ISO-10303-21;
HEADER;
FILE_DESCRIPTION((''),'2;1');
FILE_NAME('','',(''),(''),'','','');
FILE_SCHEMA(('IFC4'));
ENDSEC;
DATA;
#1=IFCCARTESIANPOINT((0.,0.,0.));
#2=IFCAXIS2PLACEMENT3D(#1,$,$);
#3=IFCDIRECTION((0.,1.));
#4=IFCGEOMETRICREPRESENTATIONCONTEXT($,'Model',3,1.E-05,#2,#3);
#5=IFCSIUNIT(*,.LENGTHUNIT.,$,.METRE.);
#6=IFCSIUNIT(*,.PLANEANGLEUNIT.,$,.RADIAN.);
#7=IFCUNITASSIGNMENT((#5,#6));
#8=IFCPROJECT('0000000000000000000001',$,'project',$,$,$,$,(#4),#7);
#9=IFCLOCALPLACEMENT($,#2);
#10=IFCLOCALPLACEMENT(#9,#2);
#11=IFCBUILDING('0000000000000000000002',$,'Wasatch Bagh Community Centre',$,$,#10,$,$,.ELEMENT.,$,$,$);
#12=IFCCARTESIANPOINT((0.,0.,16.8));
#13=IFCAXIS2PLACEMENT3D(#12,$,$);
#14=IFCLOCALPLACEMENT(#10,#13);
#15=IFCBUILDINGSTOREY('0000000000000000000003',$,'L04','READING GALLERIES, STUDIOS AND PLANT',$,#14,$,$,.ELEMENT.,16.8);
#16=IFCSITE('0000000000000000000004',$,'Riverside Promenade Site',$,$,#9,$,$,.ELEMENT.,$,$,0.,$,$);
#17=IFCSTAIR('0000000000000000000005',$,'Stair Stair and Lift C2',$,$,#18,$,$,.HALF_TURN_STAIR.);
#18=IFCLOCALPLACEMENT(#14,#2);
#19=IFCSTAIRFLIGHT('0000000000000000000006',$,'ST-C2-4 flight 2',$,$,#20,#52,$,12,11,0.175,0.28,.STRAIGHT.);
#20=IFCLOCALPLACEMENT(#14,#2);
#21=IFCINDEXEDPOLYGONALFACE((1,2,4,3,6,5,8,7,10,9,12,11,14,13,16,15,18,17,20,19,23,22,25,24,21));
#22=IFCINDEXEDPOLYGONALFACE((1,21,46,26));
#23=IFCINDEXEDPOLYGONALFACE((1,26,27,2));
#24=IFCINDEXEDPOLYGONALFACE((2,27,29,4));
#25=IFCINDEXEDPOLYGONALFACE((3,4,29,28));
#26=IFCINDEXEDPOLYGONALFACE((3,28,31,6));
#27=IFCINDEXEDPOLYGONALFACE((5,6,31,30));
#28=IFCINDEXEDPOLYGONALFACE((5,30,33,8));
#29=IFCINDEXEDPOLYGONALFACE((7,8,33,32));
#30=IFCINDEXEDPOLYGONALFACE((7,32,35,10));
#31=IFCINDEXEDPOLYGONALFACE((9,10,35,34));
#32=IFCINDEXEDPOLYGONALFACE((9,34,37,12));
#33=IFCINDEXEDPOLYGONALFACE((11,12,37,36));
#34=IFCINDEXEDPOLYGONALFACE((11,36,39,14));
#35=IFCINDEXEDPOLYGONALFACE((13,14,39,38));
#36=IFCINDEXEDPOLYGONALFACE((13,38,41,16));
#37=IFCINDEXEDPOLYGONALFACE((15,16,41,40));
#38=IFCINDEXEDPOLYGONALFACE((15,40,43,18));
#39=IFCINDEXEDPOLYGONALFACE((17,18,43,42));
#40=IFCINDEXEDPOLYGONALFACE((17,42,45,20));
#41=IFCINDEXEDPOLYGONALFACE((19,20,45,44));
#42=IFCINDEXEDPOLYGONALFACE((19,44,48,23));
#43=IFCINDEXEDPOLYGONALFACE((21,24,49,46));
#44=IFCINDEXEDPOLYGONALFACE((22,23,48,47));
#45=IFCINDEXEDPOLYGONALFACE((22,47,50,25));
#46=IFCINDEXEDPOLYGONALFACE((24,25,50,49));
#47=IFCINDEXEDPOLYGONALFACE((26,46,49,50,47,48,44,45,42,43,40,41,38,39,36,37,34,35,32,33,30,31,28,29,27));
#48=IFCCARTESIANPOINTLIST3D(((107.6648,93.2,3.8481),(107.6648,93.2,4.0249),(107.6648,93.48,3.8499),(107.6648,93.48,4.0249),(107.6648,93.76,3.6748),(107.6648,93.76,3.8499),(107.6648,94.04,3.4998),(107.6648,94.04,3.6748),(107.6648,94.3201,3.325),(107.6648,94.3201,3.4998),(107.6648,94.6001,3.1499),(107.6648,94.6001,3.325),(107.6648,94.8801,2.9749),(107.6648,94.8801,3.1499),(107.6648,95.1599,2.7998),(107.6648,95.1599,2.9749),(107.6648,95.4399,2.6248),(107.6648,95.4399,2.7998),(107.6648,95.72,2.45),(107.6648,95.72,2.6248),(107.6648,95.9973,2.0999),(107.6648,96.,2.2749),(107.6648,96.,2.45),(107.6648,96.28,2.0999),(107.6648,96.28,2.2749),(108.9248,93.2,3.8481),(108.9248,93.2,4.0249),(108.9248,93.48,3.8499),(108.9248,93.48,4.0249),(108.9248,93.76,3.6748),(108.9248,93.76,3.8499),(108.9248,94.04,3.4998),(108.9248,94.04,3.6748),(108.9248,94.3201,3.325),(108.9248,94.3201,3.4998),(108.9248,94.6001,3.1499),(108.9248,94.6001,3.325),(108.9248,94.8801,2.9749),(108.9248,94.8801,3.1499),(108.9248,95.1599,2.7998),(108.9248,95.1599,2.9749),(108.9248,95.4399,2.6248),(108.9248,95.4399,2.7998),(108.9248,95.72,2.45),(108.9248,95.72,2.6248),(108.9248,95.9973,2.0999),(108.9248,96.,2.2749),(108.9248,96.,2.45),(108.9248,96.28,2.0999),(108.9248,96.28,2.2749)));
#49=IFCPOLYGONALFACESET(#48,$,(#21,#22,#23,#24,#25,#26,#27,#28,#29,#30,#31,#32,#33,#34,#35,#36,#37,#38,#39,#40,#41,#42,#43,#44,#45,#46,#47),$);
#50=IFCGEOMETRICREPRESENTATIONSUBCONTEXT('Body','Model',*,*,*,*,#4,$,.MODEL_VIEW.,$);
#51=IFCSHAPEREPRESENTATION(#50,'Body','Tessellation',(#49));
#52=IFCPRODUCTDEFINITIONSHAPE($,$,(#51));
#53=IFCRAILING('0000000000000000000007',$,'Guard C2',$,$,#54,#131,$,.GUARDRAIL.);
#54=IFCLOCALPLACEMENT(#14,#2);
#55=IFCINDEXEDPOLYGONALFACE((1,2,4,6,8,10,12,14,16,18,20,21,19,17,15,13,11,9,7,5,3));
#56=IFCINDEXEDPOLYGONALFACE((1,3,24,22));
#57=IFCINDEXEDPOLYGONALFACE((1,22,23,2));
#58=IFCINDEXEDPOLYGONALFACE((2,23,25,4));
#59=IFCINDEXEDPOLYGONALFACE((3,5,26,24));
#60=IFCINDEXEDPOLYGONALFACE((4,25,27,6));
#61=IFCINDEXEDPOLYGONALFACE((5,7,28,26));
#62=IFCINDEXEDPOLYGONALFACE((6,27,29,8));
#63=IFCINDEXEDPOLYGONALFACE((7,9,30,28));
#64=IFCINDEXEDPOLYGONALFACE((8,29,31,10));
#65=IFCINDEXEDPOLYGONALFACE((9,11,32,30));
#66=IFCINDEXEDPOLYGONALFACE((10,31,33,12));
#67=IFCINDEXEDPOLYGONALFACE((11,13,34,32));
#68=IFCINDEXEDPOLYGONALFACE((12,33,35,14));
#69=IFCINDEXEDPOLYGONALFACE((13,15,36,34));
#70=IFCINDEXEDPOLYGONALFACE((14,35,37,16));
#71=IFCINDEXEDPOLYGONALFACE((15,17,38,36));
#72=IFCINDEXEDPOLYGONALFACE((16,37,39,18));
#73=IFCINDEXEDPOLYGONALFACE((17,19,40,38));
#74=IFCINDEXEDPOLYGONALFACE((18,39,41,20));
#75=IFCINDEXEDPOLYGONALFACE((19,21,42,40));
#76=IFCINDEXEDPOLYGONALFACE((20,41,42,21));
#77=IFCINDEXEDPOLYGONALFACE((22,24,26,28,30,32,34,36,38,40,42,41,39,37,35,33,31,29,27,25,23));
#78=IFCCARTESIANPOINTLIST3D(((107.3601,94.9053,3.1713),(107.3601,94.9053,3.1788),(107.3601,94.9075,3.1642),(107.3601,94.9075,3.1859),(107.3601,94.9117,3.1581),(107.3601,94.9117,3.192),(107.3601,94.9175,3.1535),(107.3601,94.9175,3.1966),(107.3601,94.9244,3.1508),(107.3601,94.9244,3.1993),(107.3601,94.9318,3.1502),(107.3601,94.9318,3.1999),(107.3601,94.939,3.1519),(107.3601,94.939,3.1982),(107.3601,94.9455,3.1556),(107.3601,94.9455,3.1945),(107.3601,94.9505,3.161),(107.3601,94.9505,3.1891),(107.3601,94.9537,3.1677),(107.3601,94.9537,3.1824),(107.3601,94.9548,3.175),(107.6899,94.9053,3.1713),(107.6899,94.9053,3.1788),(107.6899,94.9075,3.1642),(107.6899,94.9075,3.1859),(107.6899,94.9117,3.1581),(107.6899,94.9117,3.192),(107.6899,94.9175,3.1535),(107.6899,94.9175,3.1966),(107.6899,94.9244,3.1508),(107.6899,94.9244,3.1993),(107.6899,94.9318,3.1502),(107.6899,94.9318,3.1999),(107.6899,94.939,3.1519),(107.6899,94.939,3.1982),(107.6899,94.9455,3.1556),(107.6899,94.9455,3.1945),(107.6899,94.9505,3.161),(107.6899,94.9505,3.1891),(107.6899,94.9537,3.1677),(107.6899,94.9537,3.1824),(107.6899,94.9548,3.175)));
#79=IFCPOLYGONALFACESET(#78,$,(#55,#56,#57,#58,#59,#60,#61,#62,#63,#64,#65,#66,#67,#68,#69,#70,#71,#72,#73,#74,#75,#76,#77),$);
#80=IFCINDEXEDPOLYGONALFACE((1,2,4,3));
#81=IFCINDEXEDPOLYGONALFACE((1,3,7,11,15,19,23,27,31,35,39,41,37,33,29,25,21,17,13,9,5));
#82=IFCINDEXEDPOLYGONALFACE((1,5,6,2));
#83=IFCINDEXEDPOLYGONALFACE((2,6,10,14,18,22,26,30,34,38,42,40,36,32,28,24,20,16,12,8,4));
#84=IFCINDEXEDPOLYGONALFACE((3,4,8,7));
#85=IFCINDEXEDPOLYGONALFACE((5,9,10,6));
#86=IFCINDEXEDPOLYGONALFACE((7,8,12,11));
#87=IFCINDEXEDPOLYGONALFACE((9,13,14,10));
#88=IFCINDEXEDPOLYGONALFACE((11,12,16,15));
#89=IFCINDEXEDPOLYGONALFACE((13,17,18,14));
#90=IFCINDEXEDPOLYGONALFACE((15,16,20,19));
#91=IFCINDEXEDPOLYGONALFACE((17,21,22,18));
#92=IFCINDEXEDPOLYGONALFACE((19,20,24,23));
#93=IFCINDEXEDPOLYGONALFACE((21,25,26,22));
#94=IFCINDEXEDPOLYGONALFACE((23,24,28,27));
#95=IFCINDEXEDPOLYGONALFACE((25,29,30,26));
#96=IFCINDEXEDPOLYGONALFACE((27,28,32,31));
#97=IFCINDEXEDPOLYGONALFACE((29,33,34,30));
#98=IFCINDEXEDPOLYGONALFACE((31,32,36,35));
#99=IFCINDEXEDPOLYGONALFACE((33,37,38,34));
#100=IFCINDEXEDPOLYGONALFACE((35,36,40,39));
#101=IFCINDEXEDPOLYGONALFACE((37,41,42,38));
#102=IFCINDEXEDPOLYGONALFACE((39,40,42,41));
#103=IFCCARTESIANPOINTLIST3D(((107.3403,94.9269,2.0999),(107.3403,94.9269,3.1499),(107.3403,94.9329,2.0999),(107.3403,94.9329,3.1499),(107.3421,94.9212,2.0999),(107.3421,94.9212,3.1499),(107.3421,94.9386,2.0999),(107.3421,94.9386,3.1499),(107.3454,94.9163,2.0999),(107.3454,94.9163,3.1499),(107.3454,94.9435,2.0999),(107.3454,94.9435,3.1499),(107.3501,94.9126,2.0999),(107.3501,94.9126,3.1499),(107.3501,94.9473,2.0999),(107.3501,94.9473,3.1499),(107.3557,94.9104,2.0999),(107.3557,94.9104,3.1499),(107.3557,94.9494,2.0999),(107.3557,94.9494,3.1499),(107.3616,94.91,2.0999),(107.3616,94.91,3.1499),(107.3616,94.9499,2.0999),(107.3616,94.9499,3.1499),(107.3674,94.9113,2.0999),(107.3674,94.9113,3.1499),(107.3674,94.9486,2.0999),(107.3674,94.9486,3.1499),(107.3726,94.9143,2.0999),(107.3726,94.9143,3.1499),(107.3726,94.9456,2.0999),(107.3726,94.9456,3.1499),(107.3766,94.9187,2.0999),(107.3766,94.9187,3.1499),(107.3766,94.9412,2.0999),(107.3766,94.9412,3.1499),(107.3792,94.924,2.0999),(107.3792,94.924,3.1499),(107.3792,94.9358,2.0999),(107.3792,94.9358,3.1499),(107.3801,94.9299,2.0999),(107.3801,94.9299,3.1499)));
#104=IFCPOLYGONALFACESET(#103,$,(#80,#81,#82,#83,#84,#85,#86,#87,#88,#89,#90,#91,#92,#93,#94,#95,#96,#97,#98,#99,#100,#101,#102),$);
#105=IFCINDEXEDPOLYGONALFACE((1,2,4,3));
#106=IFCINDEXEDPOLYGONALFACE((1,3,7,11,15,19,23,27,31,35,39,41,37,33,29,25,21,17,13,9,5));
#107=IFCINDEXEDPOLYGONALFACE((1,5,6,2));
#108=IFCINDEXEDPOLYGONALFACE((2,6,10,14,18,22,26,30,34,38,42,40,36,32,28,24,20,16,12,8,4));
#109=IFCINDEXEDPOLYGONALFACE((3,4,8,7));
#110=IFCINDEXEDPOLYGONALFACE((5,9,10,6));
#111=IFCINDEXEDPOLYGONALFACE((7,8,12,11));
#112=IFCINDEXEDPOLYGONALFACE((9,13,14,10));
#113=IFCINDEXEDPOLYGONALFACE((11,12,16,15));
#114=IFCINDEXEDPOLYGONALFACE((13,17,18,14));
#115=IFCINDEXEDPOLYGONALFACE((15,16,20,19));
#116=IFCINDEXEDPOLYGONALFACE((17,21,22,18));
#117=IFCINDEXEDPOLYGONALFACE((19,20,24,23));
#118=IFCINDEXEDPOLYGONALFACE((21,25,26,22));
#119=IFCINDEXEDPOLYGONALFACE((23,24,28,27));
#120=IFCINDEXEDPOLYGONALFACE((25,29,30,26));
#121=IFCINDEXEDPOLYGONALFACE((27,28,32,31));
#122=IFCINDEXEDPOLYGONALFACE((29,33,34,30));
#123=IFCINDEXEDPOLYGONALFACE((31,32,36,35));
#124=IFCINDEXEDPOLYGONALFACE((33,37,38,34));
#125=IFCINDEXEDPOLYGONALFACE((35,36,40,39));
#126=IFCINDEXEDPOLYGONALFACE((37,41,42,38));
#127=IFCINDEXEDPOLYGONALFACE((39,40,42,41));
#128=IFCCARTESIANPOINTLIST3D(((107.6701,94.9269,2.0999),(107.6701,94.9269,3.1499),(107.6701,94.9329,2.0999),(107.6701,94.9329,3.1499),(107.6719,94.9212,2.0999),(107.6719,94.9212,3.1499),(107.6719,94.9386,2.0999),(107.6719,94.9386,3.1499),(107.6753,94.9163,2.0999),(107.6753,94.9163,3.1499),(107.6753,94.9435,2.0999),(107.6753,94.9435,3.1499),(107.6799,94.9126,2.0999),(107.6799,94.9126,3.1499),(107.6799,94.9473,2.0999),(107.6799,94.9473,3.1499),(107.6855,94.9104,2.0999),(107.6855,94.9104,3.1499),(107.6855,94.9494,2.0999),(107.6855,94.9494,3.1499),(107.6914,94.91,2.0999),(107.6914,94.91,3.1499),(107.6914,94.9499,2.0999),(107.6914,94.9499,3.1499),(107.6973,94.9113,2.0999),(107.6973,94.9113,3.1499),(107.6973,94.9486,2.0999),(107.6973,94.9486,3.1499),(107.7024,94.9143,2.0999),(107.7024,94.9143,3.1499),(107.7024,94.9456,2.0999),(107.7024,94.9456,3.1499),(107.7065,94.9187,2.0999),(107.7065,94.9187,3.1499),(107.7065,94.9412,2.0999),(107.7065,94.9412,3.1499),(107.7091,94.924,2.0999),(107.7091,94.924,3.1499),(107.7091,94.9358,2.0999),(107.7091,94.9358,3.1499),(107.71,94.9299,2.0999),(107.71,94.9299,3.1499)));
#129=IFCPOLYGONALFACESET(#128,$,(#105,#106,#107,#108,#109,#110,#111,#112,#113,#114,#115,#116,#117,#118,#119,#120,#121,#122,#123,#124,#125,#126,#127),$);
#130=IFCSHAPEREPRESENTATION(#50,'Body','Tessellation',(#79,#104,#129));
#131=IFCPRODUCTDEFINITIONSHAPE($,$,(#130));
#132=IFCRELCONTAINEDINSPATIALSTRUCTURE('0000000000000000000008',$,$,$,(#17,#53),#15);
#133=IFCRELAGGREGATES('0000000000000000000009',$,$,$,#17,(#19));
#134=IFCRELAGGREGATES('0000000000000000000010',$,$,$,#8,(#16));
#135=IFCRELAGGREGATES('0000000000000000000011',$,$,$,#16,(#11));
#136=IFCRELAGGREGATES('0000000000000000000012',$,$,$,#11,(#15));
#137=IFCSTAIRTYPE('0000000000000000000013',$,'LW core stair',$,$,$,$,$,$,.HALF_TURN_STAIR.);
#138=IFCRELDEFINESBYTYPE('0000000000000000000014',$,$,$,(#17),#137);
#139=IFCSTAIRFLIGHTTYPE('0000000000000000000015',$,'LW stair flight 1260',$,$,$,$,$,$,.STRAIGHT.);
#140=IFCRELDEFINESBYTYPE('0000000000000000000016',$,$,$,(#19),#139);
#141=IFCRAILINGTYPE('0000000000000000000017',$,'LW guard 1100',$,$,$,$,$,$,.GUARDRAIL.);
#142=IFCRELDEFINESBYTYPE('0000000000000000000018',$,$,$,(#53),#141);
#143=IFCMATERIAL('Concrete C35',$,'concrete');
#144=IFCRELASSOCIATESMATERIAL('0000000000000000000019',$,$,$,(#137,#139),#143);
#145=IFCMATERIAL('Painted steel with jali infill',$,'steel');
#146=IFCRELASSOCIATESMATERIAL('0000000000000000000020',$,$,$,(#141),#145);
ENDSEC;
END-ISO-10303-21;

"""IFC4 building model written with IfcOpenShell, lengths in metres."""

from ifc_helpers import new_model, si_unit, direction, frame, origin, origin_2d, place, context, subcontext, project, spatial, polyline, circle, outline, extrude, material, type_object, element, aggregate, save


model = new_model("IFC4")

# Units and contexts
model_context = context("Model", 3, precision=1e-05, world=origin(), true_north=direction((0.0, 1.0)))
body_context = subcontext(model_context, "Body", "Model", "MODEL_VIEW")
ifc_project = project(units=[si_unit("LENGTHUNIT", "METRE"), si_unit("PLANEANGLEUNIT", "RADIAN")], contexts=[model_context])

# Site, building, storey
site_placement = place(None, origin())
site = spatial("IfcSite", under=ifc_project, at=site_placement, Name="Riverside Promenade Site", CompositionType="ELEMENT", RefElevation=0.0)
building_placement = place(site_placement, origin())
building = spatial("IfcBuilding", under=site, at=building_placement, Name="Wasatch Bagh Community Centre", CompositionType="ELEMENT")
storey_placement = place(building_placement, frame((0.0, 0.0, 16.8)))
storey = spatial("IfcBuildingStorey", under=building, at=storey_placement, Name="L04", Description="READING GALLERIES, STUDIOS AND PLANT", CompositionType="ELEMENT", Elevation=16.8)

# Shared definitions
ifc_material_1 = material(Name="Concrete C35", Category="concrete")

# Stair, stair flight
stair_type = type_object("IfcStairType", Name="LW core stair", PredefinedType="HALF_TURN_STAIR", material=ifc_material_1)
stair_placement = place(storey_placement, origin())
stair = element("IfcStair", 1, at=stair_placement, inside=storey, type_object=stair_type, Name="Stair Stair and Lift C2", PredefinedType="HALF_TURN_STAIR")
stair_flight_type = type_object("IfcStairFlightType", Name="LW stair flight 1260", PredefinedType="STRAIGHT", material=ifc_material_1)
stair_flight_placement = place(storey_placement, frame((108.2949, 96.28, 2.0999), z_axis=(0.0, 0.0, 1.0), x_axis=(0.0, -1.0, 0.0)))
stair_flight = element("IfcStairFlight", 2, at=stair_flight_placement, type_object=stair_flight_type, Name="ST-C2-4 flight 2", NumberOfRisers=12, NumberOfTreads=11, PredefinedType="STRAIGHT", RiserHeight=0.175, TreadLength=0.28, context=body_context, shape_type="SweptSolid", body=[
    extrude(outline(polyline([(0.0, 0.0), (0.0, 0.175), (0.28, 0.175), (0.28, 0.3501), (0.5601, 0.3501), (0.5601, 0.5249), (0.8401, 0.5249), (0.8401, 0.7), (1.1201, 0.7), (1.1201, 0.875), (1.3999, 0.875), (1.3999, 1.05), (1.6799, 1.05), (1.6799, 1.2251), (1.96, 1.2251), (1.96, 1.3999), (2.24, 1.3999), (2.24, 1.575), (2.52, 1.575), (2.52, 1.75), (2.8, 1.75), (2.8, 1.925), (3.0801, 1.925), (3.0801, 2.1001), (3.0801, 1.7483), (0.2827, 0.0), (0.0, 0.0)])), frame((0.0, 0.6299, 0.0), z_axis=(0.0, -1.0, 0.0), x_axis=(1.0, 0.0, 0.0)), (0.0, 0.0, 1.0), 1.26),
])
aggregate(stair, [stair_flight])

# Railing
ifc_material_2 = material(Name="Painted steel with jali infill", Category="steel")
railing_type_1 = type_object("IfcRailingType", Name="LW guard 1100", PredefinedType="GUARDRAIL", material=ifc_material_2)
railing_1_placement = place(storey_placement, frame((107.3601, 94.9299, 2.0999)))
element("IfcRailing", 3, at=railing_1_placement, inside=storey, type_object=railing_type_1, Name="Guard C2", PredefinedType="GUARDRAIL", context=body_context, shape_type="SweptSolid", body=[
    extrude(circle(Radius=0.0249, at=origin_2d()), frame((0.0, 0.0, 1.0752), z_axis=(1.0, 0.0, 0.0), x_axis=(0.0, 1.0, 0.0)), (0.0, 0.0, 1.0), 0.3298),
    extrude(circle(Radius=0.02, at=origin_2d()), origin(), (0.0, 0.0, 1.0), 1.05),
    extrude(circle(Radius=0.02, at=origin_2d()), frame((0.3298, 0.0, 0.0)), (0.0, 0.0, 1.0), 1.05),
])

save(model, "model.ifc")
